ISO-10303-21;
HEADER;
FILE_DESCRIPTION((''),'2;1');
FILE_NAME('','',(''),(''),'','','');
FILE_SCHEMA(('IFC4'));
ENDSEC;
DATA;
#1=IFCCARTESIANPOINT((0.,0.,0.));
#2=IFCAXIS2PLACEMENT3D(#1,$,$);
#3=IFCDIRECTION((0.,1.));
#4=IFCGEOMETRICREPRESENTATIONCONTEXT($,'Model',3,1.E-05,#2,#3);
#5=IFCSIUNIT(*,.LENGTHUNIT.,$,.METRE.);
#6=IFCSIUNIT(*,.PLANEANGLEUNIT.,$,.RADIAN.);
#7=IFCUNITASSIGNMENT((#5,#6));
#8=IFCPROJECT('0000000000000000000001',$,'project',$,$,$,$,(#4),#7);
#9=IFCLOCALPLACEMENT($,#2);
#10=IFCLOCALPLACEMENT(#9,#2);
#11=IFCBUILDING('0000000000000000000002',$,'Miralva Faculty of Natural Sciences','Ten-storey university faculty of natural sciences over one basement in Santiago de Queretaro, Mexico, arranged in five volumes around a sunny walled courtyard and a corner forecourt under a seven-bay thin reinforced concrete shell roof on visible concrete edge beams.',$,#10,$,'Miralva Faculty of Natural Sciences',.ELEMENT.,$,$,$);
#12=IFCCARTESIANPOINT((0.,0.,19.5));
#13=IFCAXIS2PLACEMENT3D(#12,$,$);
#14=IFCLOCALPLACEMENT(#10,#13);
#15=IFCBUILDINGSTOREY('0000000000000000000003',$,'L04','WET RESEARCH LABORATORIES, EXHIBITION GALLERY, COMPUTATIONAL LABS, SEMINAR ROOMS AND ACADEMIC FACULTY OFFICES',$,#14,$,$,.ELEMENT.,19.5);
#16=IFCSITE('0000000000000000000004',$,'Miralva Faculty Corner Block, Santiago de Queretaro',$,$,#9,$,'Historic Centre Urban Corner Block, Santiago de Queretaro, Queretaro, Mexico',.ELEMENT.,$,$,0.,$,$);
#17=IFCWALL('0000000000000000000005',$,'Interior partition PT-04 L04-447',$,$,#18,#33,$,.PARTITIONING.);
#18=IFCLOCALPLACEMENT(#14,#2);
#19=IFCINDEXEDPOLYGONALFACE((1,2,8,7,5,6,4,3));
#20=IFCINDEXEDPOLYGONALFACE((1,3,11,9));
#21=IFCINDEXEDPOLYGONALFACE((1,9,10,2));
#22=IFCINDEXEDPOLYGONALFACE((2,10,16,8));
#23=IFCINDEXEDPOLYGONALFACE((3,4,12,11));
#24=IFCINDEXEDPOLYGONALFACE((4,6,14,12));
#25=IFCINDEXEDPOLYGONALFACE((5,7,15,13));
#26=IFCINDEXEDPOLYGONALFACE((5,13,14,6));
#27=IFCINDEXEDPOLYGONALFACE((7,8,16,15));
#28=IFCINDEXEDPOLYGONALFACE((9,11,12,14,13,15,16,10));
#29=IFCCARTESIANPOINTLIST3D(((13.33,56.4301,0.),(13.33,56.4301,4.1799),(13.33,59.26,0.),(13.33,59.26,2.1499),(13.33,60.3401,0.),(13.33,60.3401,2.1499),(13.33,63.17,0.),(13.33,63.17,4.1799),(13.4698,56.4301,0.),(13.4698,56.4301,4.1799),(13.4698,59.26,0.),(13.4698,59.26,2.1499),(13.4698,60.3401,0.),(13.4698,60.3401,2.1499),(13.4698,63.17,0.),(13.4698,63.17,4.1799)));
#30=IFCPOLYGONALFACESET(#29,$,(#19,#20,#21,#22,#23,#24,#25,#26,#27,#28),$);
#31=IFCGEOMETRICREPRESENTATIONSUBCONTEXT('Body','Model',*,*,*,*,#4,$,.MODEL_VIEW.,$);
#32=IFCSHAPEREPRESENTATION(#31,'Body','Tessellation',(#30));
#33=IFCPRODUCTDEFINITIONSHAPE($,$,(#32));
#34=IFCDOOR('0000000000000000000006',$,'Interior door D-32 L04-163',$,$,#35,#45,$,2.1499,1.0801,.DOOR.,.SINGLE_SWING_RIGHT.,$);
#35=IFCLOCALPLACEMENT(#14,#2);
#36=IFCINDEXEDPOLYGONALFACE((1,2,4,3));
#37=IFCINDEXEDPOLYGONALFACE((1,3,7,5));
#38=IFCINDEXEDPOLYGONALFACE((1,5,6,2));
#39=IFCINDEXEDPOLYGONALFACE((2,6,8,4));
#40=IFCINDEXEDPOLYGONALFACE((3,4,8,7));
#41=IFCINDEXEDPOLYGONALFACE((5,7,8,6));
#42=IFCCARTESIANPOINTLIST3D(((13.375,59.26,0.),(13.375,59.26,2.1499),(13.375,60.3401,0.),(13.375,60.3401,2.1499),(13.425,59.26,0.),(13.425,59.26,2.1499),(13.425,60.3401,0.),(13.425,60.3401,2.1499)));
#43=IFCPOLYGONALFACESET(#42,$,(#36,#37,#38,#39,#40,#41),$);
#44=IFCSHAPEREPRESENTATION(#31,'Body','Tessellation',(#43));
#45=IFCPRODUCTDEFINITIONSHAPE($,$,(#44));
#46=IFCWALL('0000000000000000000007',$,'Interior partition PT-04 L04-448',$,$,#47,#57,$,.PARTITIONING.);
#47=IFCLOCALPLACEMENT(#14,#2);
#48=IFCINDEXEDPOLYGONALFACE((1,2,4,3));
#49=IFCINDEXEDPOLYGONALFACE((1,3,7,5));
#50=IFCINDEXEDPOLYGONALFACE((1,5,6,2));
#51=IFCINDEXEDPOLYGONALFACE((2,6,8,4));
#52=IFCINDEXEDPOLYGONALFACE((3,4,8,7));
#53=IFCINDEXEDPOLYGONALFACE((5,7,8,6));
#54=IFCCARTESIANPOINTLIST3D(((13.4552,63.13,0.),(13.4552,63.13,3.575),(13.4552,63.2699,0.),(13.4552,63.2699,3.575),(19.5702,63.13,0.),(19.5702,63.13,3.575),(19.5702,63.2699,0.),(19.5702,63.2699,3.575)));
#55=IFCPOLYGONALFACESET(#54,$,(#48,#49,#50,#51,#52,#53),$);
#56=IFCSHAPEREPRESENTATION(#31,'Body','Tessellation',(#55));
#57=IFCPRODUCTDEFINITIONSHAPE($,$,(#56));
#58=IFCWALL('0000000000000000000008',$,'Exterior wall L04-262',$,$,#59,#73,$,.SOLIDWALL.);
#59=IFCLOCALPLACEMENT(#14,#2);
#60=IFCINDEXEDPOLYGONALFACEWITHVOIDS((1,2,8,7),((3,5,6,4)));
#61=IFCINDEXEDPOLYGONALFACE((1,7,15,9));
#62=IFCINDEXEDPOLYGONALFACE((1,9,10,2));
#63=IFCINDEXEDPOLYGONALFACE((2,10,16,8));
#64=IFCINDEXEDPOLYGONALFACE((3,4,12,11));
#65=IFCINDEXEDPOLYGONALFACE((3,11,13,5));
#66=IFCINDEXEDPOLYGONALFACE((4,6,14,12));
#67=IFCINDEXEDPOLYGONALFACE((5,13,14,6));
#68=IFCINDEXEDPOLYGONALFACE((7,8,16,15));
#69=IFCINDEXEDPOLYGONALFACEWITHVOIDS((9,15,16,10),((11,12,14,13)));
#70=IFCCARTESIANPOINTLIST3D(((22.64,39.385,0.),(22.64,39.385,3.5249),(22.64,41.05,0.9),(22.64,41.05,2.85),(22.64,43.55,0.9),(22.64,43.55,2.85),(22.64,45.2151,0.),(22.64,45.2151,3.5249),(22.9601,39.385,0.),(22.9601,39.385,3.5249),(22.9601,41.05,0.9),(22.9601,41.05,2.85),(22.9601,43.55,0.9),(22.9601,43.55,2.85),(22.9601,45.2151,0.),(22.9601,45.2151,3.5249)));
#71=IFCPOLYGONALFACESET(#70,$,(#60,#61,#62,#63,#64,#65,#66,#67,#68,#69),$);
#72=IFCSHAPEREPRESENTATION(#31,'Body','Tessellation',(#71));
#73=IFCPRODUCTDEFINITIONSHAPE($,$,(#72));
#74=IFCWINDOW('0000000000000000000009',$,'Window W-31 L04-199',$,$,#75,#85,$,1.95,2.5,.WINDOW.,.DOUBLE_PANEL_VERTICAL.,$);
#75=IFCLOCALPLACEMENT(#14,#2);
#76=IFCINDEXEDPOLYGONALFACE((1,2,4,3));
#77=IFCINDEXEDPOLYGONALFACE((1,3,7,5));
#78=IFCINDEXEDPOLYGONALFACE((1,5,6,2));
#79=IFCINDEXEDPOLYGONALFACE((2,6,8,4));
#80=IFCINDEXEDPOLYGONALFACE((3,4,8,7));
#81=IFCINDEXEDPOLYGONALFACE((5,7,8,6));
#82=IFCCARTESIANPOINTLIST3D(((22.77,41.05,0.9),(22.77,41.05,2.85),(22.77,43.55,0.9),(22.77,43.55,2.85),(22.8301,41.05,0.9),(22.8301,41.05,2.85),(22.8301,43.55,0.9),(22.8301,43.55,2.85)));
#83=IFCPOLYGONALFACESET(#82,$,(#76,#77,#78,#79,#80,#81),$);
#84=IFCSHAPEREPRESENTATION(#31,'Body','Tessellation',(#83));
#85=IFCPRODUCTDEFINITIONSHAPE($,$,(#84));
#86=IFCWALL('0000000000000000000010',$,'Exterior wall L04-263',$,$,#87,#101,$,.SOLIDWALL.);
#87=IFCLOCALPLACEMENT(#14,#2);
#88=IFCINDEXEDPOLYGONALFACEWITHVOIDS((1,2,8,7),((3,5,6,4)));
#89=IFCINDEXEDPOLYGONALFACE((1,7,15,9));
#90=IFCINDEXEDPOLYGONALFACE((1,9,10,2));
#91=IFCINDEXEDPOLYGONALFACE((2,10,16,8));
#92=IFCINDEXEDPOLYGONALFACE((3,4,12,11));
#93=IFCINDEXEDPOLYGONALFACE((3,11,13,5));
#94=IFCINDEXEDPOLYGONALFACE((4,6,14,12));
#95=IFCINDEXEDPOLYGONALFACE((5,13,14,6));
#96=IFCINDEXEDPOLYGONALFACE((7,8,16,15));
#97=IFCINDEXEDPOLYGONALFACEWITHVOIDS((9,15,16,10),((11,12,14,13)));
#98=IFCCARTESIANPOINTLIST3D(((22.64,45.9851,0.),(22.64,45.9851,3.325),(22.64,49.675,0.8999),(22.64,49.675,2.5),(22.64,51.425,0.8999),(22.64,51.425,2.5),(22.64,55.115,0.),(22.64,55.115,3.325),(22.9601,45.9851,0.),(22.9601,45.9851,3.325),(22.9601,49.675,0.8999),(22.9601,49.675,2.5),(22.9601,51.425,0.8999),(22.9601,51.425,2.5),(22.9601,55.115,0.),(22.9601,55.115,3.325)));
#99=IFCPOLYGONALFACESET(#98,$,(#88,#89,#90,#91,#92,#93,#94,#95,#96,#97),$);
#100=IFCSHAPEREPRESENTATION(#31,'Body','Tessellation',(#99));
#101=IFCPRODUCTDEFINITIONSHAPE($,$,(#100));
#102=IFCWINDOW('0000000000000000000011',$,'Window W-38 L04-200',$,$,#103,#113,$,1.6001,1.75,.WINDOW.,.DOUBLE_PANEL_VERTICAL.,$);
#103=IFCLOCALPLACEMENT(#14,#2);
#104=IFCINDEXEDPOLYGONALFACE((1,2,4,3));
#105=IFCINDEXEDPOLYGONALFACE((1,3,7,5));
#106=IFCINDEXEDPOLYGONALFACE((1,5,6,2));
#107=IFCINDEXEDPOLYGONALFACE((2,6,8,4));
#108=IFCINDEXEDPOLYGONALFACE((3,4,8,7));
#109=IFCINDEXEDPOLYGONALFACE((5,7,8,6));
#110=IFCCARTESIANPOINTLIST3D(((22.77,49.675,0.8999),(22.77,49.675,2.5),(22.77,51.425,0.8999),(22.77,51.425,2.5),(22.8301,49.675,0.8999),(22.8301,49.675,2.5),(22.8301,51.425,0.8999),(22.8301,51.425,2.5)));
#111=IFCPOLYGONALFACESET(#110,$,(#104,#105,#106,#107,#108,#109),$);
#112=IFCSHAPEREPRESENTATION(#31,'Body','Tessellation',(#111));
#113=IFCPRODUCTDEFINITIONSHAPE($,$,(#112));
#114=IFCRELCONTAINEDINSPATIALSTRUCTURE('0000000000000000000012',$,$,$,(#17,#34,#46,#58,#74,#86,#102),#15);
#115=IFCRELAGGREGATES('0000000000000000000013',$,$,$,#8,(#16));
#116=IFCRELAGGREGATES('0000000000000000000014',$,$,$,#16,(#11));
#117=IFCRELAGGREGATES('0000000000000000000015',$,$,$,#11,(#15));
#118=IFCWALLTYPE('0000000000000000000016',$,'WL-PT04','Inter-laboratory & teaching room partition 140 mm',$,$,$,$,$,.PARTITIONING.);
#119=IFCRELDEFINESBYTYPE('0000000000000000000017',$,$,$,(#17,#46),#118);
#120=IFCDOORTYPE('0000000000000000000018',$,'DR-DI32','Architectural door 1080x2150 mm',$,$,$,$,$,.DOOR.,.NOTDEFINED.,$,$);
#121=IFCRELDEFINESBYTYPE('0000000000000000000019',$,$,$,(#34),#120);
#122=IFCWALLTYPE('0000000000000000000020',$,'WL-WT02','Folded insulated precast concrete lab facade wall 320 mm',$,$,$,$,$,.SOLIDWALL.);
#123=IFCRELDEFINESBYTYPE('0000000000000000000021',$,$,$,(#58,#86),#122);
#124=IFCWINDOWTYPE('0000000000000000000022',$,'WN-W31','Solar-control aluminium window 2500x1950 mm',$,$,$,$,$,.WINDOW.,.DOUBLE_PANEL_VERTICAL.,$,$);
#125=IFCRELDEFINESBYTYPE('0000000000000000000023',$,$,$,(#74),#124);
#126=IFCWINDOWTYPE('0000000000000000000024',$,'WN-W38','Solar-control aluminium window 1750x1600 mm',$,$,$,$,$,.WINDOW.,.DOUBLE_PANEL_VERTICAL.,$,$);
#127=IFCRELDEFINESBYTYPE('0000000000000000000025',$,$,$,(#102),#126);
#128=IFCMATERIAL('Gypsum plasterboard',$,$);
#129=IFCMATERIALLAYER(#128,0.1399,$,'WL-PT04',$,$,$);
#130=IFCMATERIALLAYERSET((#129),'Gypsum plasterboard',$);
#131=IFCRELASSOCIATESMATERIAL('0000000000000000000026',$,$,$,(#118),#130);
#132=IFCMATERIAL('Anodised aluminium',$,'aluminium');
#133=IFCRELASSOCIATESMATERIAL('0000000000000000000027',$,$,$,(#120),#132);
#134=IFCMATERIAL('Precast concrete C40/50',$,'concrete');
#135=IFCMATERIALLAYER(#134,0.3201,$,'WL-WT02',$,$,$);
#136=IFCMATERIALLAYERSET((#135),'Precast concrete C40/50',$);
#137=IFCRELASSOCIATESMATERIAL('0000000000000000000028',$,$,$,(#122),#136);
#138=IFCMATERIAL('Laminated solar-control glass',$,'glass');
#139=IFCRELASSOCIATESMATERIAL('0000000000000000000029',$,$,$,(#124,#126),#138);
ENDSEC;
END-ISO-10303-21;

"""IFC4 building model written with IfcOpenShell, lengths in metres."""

from ifc_helpers import new_model, si_unit, direction, frame, frame_2d, origin, place, context, subcontext, project, spatial, rectangle, extrude, material, layer, layer_set, type_object, element, fill, save


model = new_model("IFC4")

# Units and contexts
model_context = context("Model", 3, precision=1e-05, world=origin(), true_north=direction((0.0, 1.0)))
body_context = subcontext(model_context, "Body", "Model", "MODEL_VIEW")
ifc_project = project(units=[si_unit("LENGTHUNIT", "METRE"), si_unit("PLANEANGLEUNIT", "RADIAN")], contexts=[model_context])

# Site, building, storey
site_placement = place(None, origin())
site = spatial("IfcSite", under=ifc_project, at=site_placement, Name="Miralva Faculty Corner Block, Santiago de Queretaro", LongName="Historic Centre Urban Corner Block, Santiago de Queretaro, Queretaro, Mexico", CompositionType="ELEMENT", RefElevation=0.0)
building_placement = place(site_placement, origin())
building = spatial("IfcBuilding", under=site, at=building_placement, Name="Miralva Faculty of Natural Sciences", Description="Ten-storey university faculty of natural sciences over one basement in Santiago de Queretaro, Mexico, arranged in five volumes around a sunny walled courtyard and a corner forecourt under a seven-bay thin reinforced concrete shell roof on visible concrete edge beams.", LongName="Miralva Faculty of Natural Sciences", CompositionType="ELEMENT")
storey_placement = place(building_placement, frame((0.0, 0.0, 19.5)))
storey = spatial("IfcBuildingStorey", under=building, at=storey_placement, Name="L04", Description="WET RESEARCH LABORATORIES, EXHIBITION GALLERY, COMPUTATIONAL LABS, SEMINAR ROOMS AND ACADEMIC FACULTY OFFICES", CompositionType="ELEMENT", Elevation=19.5)

# Shared definitions
ifc_material_1 = material(Name="Gypsum plasterboard")

# Wall, opening, door
ifc_layer_1 = layer(ifc_material_1, 0.1399, Name="WL-PT04")
ifc_layer_set_1 = layer_set([ifc_layer_1], Name="Gypsum plasterboard")
wall_type_1 = type_object("IfcWallType", Name="WL-PT04", Description="Inter-laboratory & teaching room partition 140 mm", PredefinedType="PARTITIONING", material=ifc_layer_set_1)
wall_1_placement = place(storey_placement, frame((13.3999, 56.4299, 0.0), z_axis=(0.0, 0.0, 1.0), x_axis=(0.0, 1.0, 0.0)))
wall_1 = element("IfcWall", 1, at=wall_1_placement, inside=storey, type_object=wall_type_1, Name="Interior partition PT-04 L04-447", PredefinedType="PARTITIONING", context=body_context, shape_type="SweptSolid", body=[
    extrude(rectangle(XDim=6.74, YDim=0.1399, at=frame_2d((3.3701, 0.0))), origin(), (0.0, 0.0, 1.0), 4.1799),
])
opening_1_placement = place(wall_1_placement, frame((2.8301, 0.0, 0.0)))
opening_1 = element("IfcOpeningElement", 2, at=opening_1_placement, cuts=wall_1, PredefinedType="OPENING", context=body_context, shape_type="SweptSolid", body=[
    extrude(rectangle(XDim=1.0801, YDim=2.1499, at=frame_2d((0.54, 1.075))), frame((0.0, 0.0798, 0.0), z_axis=(0.0, -1.0, 0.0), x_axis=(1.0, 0.0, 0.0)), (0.0, 0.0, 1.0), 0.1599),
])
ifc_material_2 = material(Name="Anodised aluminium", Category="aluminium")
door_type_1 = type_object("IfcDoorType", Name="DR-DI32", Description="Architectural door 1080x2150 mm", OperationType="NOTDEFINED", PredefinedType="DOOR", material=ifc_material_2)
door_1_placement = place(opening_1_placement, origin())
door_1 = element("IfcDoor", 3, at=door_1_placement, inside=storey, type_object=door_type_1, Name="Interior door D-32 L04-163", OperationType="SINGLE_SWING_RIGHT", OverallHeight=2.1499, OverallWidth=1.0801, PredefinedType="DOOR", context=body_context, shape_type="SweptSolid", body=[
    extrude(rectangle(XDim=1.0801, YDim=2.1499, at=frame_2d((0.54, 1.075))), frame((0.0, 0.0249, 0.0), z_axis=(0.0, -1.0, 0.0), x_axis=(1.0, 0.0, 0.0)), (0.0, 0.0, 1.0), 0.05),
])
fill(opening_1, door_1)

# Wall
wall_2_placement = place(storey_placement, frame((13.4551, 63.2, 0.0), z_axis=(0.0, 0.0, 1.0), x_axis=(1.0, 0.0, 0.0)))
element("IfcWall", 4, at=wall_2_placement, inside=storey, type_object=wall_type_1, Name="Interior partition PT-04 L04-448", PredefinedType="PARTITIONING", context=body_context, shape_type="SweptSolid", body=[
    extrude(rectangle(XDim=6.115, YDim=0.1399, at=frame_2d((3.0576, 0.0))), origin(), (0.0, 0.0, 1.0), 3.575),
])

# Walls, openings, windows
ifc_material_3 = material(Name="Precast concrete C40/50", Category="concrete")
ifc_layer_2 = layer(ifc_material_3, 0.3201, Name="WL-WT02")
ifc_layer_set_2 = layer_set([ifc_layer_2], Name="Precast concrete C40/50")
wall_type_2 = type_object("IfcWallType", Name="WL-WT02", Description="Folded insulated precast concrete lab facade wall 320 mm", PredefinedType="SOLIDWALL", material=ifc_layer_set_2)
wall_3_placement = place(storey_placement, frame((22.8, 39.385, 0.0), z_axis=(0.0, 0.0, 1.0), x_axis=(0.0, 1.0, 0.0)))
wall_3 = element("IfcWall", 5, at=wall_3_placement, inside=storey, type_object=wall_type_2, Name="Exterior wall L04-262", PredefinedType="SOLIDWALL", context=body_context, shape_type="SweptSolid", body=[
    extrude(rectangle(XDim=5.8301, YDim=0.3201, at=frame_2d((2.915, 0.0))), origin(), (0.0, 0.0, 1.0), 3.5249),
])
opening_2_placement = place(wall_3_placement, frame((1.665, 0.0, 0.8999)))
opening_2 = element("IfcOpeningElement", 6, at=opening_2_placement, cuts=wall_3, PredefinedType="OPENING", context=body_context, shape_type="SweptSolid", body=[
    extrude(rectangle(XDim=2.5, YDim=1.95, at=frame_2d((1.25, 0.9751))), frame((0.0, 0.1699, 0.0), z_axis=(0.0, -1.0, 0.0), x_axis=(1.0, 0.0, 0.0)), (0.0, 0.0, 1.0), 0.3401),
])
ifc_material_4 = material(Name="Laminated solar-control glass", Category="glass")
window_type_1 = type_object("IfcWindowType", Name="WN-W31", Description="Solar-control aluminium window 2500x1950 mm", PartitioningType="DOUBLE_PANEL_VERTICAL", PredefinedType="WINDOW", material=ifc_material_4)
window_1_placement = place(opening_2_placement, frame((2.5, 0.0, 0.0), z_axis=(0.0, 0.0, 1.0), x_axis=(-1.0, 0.0, 0.0)))
window_1 = element("IfcWindow", 7, at=window_1_placement, inside=storey, type_object=window_type_1, Name="Window W-31 L04-199", OverallHeight=1.95, OverallWidth=2.5, PartitioningType="DOUBLE_PANEL_VERTICAL", PredefinedType="WINDOW", context=body_context, shape_type="SweptSolid", body=[
    extrude(rectangle(XDim=2.5, YDim=1.95, at=frame_2d((1.25, 0.9751))), frame((0.0, 0.03, 0.0), z_axis=(0.0, -1.0, 0.0), x_axis=(1.0, 0.0, 0.0)), (0.0, 0.0, 1.0), 0.0601),
])
fill(opening_2, window_1)
wall_4_placement = place(storey_placement, frame((22.8, 45.9851, 0.0), z_axis=(0.0, 0.0, 1.0), x_axis=(0.0, 1.0, 0.0)))
wall_4 = element("IfcWall", 8, at=wall_4_placement, inside=storey, type_object=wall_type_2, Name="Exterior wall L04-263", PredefinedType="SOLIDWALL", context=body_context, shape_type="SweptSolid", body=[
    extrude(rectangle(XDim=9.1299, YDim=0.3201, at=frame_2d((4.5649, 0.0))), origin(), (0.0, 0.0, 1.0), 3.325),
])
opening_3_placement = place(wall_4_placement, frame((3.6899, 0.0, 0.8999)))
opening_3 = element("IfcOpeningElement", 9, at=opening_3_placement, cuts=wall_4, PredefinedType="OPENING", context=body_context, shape_type="SweptSolid", body=[
    extrude(rectangle(XDim=1.75, YDim=1.6001, at=frame_2d((0.875, 0.8))), frame((0.0, 0.1699, 0.0), z_axis=(0.0, -1.0, 0.0), x_axis=(1.0, 0.0, 0.0)), (0.0, 0.0, 1.0), 0.3401),
])
window_type_2 = type_object("IfcWindowType", Name="WN-W38", Description="Solar-control aluminium window 1750x1600 mm", PartitioningType="DOUBLE_PANEL_VERTICAL", PredefinedType="WINDOW", material=ifc_material_4)
window_2_placement = place(opening_3_placement, frame((1.75, 0.0, 0.0), z_axis=(0.0, 0.0, 1.0), x_axis=(-1.0, 0.0, 0.0)))
window_2 = element("IfcWindow", 10, at=window_2_placement, inside=storey, type_object=window_type_2, Name="Window W-38 L04-200", OverallHeight=1.6001, OverallWidth=1.75, PartitioningType="DOUBLE_PANEL_VERTICAL", PredefinedType="WINDOW", context=body_context, shape_type="SweptSolid", body=[
    extrude(rectangle(XDim=1.75, YDim=1.6001, at=frame_2d((0.875, 0.8))), frame((0.0, 0.03, 0.0), z_axis=(0.0, -1.0, 0.0), x_axis=(1.0, 0.0, 0.0)), (0.0, 0.0, 1.0), 0.0601),
])
fill(opening_3, window_2)

save(model, "model.ifc")
